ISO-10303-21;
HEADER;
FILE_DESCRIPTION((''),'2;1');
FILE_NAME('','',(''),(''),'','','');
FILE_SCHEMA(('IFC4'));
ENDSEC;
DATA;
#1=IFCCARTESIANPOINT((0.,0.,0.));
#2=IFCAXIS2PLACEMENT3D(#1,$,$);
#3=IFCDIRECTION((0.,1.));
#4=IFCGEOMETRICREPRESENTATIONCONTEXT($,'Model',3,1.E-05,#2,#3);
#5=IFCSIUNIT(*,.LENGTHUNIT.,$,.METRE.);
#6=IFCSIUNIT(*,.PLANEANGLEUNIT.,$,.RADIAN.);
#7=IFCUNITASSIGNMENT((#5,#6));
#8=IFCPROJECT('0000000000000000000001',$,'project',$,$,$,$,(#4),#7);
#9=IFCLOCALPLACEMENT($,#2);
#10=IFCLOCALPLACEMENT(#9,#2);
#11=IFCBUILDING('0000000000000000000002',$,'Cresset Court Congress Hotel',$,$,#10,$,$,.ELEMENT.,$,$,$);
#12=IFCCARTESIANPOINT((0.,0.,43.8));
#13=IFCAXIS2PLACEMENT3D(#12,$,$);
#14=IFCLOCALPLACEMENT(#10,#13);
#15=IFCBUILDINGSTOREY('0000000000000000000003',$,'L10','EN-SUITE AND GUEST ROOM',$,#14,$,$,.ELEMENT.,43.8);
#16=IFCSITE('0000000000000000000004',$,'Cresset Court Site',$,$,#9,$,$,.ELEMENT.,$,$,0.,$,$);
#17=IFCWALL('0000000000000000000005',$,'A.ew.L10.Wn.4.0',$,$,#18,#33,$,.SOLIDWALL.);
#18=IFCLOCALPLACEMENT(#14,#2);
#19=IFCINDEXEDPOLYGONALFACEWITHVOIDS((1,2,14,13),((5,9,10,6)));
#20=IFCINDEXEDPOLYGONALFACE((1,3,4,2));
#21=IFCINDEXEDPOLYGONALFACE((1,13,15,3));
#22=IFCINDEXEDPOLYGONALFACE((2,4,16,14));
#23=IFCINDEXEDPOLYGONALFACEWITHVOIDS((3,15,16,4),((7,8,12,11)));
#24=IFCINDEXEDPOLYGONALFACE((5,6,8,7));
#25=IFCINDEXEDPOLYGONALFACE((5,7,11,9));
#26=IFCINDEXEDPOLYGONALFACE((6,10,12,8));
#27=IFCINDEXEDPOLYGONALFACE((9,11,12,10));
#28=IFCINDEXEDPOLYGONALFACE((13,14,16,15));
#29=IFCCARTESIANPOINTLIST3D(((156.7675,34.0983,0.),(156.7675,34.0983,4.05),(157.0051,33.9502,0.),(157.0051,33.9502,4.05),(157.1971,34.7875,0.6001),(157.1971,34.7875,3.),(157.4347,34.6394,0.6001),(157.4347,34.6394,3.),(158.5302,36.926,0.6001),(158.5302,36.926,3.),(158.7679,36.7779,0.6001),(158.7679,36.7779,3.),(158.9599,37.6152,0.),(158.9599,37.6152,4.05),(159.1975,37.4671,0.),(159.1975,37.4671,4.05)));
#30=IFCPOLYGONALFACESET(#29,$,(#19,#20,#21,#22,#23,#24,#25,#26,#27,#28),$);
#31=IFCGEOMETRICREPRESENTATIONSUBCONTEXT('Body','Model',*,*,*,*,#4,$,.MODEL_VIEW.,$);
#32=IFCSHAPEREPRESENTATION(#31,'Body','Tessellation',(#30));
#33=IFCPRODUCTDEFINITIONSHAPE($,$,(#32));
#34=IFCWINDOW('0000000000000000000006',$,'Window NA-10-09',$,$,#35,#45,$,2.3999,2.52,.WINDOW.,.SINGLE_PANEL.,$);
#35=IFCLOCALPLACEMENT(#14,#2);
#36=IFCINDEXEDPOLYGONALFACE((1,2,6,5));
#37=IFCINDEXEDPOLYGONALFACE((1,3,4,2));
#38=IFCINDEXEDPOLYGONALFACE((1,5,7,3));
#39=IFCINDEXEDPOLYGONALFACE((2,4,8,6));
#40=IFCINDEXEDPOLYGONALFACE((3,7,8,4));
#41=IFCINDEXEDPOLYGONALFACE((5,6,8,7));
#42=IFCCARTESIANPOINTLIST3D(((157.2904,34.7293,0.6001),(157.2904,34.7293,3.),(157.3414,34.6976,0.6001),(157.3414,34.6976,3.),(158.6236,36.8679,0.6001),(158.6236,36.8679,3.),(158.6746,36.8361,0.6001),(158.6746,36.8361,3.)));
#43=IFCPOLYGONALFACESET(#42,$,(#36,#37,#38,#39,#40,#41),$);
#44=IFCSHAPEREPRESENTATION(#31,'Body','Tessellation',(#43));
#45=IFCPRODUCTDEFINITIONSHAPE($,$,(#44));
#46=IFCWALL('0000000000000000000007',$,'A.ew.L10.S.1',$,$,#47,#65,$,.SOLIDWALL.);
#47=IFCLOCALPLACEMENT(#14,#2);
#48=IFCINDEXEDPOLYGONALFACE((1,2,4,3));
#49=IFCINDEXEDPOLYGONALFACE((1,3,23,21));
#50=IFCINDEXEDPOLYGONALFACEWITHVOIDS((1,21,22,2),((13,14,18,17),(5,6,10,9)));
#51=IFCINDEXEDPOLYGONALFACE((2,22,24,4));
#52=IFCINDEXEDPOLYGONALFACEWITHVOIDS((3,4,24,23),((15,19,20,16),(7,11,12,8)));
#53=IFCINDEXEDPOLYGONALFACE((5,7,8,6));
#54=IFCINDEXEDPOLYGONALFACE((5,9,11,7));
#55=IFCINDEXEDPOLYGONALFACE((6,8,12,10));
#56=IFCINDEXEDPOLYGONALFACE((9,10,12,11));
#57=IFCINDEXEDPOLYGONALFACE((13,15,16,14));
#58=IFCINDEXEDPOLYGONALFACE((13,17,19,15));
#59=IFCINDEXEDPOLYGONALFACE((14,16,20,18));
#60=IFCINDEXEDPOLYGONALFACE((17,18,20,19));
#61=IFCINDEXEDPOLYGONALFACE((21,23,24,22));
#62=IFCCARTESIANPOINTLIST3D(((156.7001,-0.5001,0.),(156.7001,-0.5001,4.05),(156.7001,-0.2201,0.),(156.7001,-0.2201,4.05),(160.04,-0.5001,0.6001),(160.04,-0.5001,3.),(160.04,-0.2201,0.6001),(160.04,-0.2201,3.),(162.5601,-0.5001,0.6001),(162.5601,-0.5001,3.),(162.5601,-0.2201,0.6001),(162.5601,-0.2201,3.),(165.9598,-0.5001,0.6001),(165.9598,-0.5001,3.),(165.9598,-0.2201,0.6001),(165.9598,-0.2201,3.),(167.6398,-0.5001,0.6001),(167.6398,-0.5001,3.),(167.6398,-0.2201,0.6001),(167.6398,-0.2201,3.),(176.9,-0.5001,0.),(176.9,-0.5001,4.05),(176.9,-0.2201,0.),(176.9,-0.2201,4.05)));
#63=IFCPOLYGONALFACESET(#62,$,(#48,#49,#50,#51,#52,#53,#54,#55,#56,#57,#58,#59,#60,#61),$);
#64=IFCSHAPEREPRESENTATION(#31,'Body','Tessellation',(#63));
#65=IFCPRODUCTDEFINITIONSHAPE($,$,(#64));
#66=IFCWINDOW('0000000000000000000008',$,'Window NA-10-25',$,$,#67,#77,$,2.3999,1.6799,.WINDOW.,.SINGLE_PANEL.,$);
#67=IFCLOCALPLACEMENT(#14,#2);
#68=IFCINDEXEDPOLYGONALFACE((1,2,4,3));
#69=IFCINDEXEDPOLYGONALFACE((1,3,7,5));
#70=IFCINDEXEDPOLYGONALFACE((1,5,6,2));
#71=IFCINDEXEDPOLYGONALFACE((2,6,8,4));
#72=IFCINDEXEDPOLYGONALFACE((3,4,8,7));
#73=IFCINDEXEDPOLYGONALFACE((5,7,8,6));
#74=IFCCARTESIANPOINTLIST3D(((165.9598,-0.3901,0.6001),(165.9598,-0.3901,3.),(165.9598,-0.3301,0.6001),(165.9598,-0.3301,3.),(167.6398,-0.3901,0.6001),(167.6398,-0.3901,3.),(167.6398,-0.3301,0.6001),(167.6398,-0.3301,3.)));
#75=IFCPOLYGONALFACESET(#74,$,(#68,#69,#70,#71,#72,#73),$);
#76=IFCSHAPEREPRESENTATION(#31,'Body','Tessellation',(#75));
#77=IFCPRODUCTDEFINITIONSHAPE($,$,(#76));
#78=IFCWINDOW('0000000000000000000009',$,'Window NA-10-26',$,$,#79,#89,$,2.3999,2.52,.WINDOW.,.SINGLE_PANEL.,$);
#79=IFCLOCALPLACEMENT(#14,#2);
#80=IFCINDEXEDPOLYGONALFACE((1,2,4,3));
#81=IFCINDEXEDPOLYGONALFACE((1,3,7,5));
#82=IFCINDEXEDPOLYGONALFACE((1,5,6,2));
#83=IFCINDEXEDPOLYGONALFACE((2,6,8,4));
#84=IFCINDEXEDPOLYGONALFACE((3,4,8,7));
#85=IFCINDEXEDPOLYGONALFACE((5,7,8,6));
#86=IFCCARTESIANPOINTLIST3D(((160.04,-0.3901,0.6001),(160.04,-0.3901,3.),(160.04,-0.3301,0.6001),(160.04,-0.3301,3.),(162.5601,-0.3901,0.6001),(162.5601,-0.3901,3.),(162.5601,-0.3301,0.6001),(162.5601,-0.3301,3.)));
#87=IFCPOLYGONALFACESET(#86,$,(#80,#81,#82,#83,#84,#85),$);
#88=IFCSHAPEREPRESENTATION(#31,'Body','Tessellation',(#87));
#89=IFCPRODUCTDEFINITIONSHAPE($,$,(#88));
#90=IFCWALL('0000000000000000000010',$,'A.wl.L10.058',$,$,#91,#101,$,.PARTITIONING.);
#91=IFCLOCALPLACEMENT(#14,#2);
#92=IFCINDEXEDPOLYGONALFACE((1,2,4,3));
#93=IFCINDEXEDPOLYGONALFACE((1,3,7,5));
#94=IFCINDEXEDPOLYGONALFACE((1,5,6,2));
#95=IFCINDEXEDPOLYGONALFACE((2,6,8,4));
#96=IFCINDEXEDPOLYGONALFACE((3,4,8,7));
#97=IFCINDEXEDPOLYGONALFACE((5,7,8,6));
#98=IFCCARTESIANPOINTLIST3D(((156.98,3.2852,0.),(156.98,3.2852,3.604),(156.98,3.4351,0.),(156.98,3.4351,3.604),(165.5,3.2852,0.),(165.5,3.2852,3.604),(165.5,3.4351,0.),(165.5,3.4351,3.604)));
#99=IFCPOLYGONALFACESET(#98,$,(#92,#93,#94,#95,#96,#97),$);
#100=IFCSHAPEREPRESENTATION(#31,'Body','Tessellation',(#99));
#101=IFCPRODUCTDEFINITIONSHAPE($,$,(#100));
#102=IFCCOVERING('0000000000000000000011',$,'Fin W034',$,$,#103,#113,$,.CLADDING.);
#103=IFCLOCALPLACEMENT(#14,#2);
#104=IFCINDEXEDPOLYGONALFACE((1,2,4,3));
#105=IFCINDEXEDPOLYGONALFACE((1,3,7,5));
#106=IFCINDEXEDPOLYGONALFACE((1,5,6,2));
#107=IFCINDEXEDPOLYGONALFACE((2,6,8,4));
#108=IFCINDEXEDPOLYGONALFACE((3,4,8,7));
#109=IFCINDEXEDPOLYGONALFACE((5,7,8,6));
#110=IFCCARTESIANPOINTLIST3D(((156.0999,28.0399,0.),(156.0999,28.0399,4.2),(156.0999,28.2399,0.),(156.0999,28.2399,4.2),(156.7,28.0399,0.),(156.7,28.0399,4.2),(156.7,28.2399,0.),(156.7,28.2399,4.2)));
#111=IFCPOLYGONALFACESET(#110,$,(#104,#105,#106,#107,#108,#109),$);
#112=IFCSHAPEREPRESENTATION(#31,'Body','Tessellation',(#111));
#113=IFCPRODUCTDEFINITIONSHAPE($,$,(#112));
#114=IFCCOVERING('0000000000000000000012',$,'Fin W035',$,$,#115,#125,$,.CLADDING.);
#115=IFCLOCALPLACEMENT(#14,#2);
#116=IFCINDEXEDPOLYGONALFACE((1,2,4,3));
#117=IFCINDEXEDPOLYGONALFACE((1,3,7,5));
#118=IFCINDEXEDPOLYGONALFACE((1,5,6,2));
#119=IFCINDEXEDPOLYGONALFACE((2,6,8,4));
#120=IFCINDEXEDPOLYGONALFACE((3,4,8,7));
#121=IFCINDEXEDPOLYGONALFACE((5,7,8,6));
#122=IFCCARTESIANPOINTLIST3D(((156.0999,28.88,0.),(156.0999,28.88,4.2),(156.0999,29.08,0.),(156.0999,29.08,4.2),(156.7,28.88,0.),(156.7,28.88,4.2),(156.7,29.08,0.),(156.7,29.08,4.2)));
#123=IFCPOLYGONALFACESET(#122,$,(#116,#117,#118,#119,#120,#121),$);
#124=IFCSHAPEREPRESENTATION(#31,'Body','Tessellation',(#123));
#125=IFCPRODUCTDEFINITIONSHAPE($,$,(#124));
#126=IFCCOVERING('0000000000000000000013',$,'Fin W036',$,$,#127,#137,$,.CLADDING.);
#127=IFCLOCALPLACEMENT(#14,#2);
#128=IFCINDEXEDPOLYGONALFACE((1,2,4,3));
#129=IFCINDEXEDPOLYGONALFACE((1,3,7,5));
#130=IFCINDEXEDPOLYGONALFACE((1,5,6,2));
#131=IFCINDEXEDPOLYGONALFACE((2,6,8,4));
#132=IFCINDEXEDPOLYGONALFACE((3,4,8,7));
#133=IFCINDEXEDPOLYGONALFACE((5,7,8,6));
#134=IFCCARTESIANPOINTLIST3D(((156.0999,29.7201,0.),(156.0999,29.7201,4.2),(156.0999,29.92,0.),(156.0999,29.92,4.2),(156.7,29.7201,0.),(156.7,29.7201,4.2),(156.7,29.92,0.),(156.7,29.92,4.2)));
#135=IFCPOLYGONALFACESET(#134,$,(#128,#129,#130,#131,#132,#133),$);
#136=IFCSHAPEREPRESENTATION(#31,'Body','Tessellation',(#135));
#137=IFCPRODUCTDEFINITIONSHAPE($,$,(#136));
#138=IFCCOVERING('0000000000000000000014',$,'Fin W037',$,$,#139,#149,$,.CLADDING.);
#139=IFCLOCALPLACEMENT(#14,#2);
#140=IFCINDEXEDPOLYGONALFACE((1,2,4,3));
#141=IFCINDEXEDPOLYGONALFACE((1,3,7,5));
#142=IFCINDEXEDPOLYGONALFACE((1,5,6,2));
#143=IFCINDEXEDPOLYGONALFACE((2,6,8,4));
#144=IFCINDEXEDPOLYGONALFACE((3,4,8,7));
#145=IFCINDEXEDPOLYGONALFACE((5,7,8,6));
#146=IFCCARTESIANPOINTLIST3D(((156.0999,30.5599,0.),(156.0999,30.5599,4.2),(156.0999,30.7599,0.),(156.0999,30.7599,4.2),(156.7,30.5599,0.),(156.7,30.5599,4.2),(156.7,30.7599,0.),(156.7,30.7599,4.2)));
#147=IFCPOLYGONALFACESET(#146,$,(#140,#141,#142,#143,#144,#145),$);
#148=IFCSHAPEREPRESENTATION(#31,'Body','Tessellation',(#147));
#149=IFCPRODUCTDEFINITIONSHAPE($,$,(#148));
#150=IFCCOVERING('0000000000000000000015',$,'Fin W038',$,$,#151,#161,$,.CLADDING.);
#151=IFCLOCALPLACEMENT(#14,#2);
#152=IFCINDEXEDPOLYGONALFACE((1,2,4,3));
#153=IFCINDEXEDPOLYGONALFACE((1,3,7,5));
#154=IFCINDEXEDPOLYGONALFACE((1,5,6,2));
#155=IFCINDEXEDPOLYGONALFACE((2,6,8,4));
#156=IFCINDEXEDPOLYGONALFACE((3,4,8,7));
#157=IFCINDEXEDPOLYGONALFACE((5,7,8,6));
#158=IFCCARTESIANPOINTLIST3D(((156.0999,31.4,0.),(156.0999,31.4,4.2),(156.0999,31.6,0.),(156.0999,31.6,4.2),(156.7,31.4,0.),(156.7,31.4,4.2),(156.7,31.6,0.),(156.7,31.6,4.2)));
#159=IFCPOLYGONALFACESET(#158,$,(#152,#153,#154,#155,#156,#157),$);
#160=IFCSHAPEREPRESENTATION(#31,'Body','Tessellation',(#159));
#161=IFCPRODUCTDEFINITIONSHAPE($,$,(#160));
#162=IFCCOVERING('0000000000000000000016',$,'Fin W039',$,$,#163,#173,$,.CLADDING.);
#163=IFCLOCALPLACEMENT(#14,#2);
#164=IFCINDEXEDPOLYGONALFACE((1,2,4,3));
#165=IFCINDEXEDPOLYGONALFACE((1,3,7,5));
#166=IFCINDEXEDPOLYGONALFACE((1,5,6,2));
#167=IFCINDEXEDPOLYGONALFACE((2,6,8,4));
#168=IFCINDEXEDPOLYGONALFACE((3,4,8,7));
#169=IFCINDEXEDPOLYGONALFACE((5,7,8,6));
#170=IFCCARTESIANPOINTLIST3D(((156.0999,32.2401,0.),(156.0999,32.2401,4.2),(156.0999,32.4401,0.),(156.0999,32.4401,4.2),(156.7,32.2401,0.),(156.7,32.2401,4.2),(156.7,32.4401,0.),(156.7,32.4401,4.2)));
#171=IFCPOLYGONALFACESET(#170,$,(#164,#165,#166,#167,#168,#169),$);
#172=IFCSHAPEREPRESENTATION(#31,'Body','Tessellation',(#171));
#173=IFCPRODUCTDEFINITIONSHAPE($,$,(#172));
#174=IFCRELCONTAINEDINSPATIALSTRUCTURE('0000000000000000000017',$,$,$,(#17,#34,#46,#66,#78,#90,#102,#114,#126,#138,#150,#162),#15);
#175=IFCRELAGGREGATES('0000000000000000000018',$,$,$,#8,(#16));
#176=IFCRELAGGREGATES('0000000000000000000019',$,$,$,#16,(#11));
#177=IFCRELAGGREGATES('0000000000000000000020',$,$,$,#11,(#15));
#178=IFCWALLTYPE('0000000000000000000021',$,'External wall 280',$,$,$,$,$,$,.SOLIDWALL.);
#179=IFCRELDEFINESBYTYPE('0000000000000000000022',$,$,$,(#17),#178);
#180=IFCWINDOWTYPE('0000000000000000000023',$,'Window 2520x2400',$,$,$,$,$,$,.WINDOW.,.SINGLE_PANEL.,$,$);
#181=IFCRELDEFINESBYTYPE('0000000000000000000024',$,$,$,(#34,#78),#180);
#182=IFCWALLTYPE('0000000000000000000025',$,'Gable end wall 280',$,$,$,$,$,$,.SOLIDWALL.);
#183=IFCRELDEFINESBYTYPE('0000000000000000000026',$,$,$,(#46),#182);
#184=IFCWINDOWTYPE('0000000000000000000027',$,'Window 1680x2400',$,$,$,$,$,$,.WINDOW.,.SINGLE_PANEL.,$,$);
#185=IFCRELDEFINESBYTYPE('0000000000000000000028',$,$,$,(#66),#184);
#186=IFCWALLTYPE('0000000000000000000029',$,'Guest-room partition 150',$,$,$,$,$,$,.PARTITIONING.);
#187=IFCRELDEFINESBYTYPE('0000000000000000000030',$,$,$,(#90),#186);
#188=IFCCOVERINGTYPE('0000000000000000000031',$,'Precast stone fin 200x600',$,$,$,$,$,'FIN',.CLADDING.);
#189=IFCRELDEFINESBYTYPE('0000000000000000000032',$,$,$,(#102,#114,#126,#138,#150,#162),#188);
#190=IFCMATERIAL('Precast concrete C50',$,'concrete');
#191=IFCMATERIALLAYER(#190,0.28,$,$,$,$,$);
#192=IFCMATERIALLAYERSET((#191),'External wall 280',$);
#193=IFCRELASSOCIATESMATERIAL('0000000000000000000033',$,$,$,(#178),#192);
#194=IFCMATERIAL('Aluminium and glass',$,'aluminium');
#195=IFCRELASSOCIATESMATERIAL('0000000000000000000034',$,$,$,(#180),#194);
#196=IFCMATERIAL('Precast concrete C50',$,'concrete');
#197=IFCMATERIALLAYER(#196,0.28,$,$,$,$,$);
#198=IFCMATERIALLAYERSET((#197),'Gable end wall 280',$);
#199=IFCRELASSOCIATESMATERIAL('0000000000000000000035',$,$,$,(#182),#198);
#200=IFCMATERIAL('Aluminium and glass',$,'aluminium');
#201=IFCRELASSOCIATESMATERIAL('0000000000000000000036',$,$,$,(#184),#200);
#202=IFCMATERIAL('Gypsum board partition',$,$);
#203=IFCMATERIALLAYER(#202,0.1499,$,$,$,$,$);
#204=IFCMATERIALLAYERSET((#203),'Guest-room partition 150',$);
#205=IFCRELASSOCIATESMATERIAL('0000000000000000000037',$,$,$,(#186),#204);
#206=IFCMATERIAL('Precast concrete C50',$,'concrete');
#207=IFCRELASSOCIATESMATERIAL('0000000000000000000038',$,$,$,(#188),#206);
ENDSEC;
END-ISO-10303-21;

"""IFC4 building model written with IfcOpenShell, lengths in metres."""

from ifc_helpers import new_model, si_unit, direction, frame, frame_2d, origin, origin_2d, place, context, subcontext, project, spatial, rectangle, extrude, material, layer, layer_set, type_object, element, fill, save


model = new_model("IFC4")

# Units and contexts
model_context = context("Model", 3, precision=1e-05, world=origin(), true_north=direction((0.0, 1.0)))
body_context = subcontext(model_context, "Body", "Model", "MODEL_VIEW")
ifc_project = project(units=[si_unit("LENGTHUNIT", "METRE"), si_unit("PLANEANGLEUNIT", "RADIAN")], contexts=[model_context])

# Site, building, storey
site_placement = place(None, origin())
site = spatial("IfcSite", under=ifc_project, at=site_placement, Name="Cresset Court Site", CompositionType="ELEMENT", RefElevation=0.0)
building_placement = place(site_placement, origin())
building = spatial("IfcBuilding", under=site, at=building_placement, Name="Cresset Court Congress Hotel", CompositionType="ELEMENT")
storey_placement = place(building_placement, frame((0.0, 0.0, 43.8)))
storey = spatial("IfcBuildingStorey", under=building, at=storey_placement, Name="L10", Description="EN-SUITE AND GUEST ROOM", CompositionType="ELEMENT", Elevation=43.8)

# Shared definitions
ifc_material_1 = material(Name="Precast concrete C50", Category="concrete")
ifc_layer_1 = layer(ifc_material_1, 0.28)
ifc_layer_set_1 = layer_set([ifc_layer_1], Name="External wall 280")
wall_type_1 = type_object("IfcWallType", Name="External wall 280", PredefinedType="SOLIDWALL", material=ifc_layer_set_1)
ifc_material_2 = material(Name="Aluminium and glass", Category="aluminium")
window_type_1 = type_object("IfcWindowType", Name="Window 2520x2400", PartitioningType="SINGLE_PANEL", PredefinedType="WINDOW", material=ifc_material_2)

# Wall, opening, window
wall_1_placement = place(storey_placement, frame((156.8862, 34.0242, 0.0), z_axis=(0.0, 0.0, 1.0), x_axis=(0.529019, 0.84861, 0.0)))
wall_1 = element("IfcWall", 1, at=wall_1_placement, inside=storey, type_object=wall_type_1, Name="A.ew.L10.Wn.4.0", PredefinedType="SOLIDWALL", context=body_context, shape_type="SweptSolid", body=[
    extrude(rectangle(XDim=4.1443, YDim=0.28, at=frame_2d((2.0723, 0.0))), origin(), (0.0, 0.0, 1.0), 4.05),
])
opening_1_placement = place(wall_1_placement, frame((0.8123, 0.0, 0.6001)))
opening_1 = element("IfcOpeningElement", 2, at=opening_1_placement, cuts=wall_1, PredefinedType="OPENING", context=body_context, shape_type="SweptSolid", body=[
    extrude(rectangle(XDim=2.52, YDim=2.3999, at=frame_2d((1.26, 1.2))), frame((0.0, 0.1499, 0.0), z_axis=(0.0, -1.0, 0.0), x_axis=(1.0, 0.0, 0.0)), (0.0, 0.0, 1.0), 0.3),
])
window_1_placement = place(opening_1_placement, origin())
window_1 = element("IfcWindow", 3, at=window_1_placement, inside=storey, type_object=window_type_1, Name="Window NA-10-09", OverallHeight=2.3999, OverallWidth=2.52, PartitioningType="SINGLE_PANEL", PredefinedType="WINDOW", context=body_context, shape_type="SweptSolid", body=[
    extrude(rectangle(XDim=2.52, YDim=2.3999, at=frame_2d((1.26, 1.2))), frame((0.0, 0.03, 0.0), z_axis=(0.0, -1.0, 0.0), x_axis=(1.0, 0.0, 0.0)), (0.0, 0.0, 1.0), 0.0601),
])
fill(opening_1, window_1)

# Wall, openings, windows
ifc_material_3 = material(Name="Precast concrete C50", Category="concrete")
ifc_layer_2 = layer(ifc_material_3, 0.28)
ifc_layer_set_2 = layer_set([ifc_layer_2], Name="Gable end wall 280")
wall_type_2 = type_object("IfcWallType", Name="Gable end wall 280", PredefinedType="SOLIDWALL", material=ifc_layer_set_2)
wall_2_placement = place(storey_placement, frame((156.7, -0.3601, 0.0), z_axis=(0.0, 0.0, 1.0), x_axis=(1.0, 0.0, 0.0)))
wall_2 = element("IfcWall", 4, at=wall_2_placement, inside=storey, type_object=wall_type_2, Name="A.ew.L10.S.1", PredefinedType="SOLIDWALL", context=body_context, shape_type="SweptSolid", body=[
    extrude(rectangle(XDim=20.2, YDim=0.28, at=frame_2d((10.1001, 0.0))), origin(), (0.0, 0.0, 1.0), 4.05),
])
opening_2_placement = place(wall_2_placement, frame((9.26, 0.0, 0.6001)))
opening_2 = element("IfcOpeningElement", 5, at=opening_2_placement, cuts=wall_2, PredefinedType="OPENING", context=body_context, shape_type="SweptSolid", body=[
    extrude(rectangle(XDim=1.6799, YDim=2.3999, at=frame_2d((0.8398, 1.2))), frame((0.0, 0.1499, 0.0), z_axis=(0.0, -1.0, 0.0), x_axis=(1.0, 0.0, 0.0)), (0.0, 0.0, 1.0), 0.3),
])
opening_3_placement = place(wall_2_placement, frame((3.3401, 0.0, 0.6001)))
opening_3 = element("IfcOpeningElement", 6, at=opening_3_placement, cuts=wall_2, PredefinedType="OPENING", context=body_context, shape_type="SweptSolid", body=[
    extrude(rectangle(XDim=2.52, YDim=2.3999, at=frame_2d((1.26, 1.2))), frame((0.0, 0.1499, 0.0), z_axis=(0.0, -1.0, 0.0), x_axis=(1.0, 0.0, 0.0)), (0.0, 0.0, 1.0), 0.3),
])
ifc_material_4 = material(Name="Aluminium and glass", Category="aluminium")
window_type_2 = type_object("IfcWindowType", Name="Window 1680x2400", PartitioningType="SINGLE_PANEL", PredefinedType="WINDOW", material=ifc_material_4)
window_2_placement = place(opening_2_placement, origin())
window_2 = element("IfcWindow", 7, at=window_2_placement, inside=storey, type_object=window_type_2, Name="Window NA-10-25", OverallHeight=2.3999, OverallWidth=1.6799, PartitioningType="SINGLE_PANEL", PredefinedType="WINDOW", context=body_context, shape_type="SweptSolid", body=[
    extrude(rectangle(XDim=1.6799, YDim=2.3999, at=frame_2d((0.8398, 1.2))), frame((0.0, 0.03, 0.0), z_axis=(0.0, -1.0, 0.0), x_axis=(1.0, 0.0, 0.0)), (0.0, 0.0, 1.0), 0.0601),
])
fill(opening_2, window_2)
window_3_placement = place(opening_3_placement, origin())
window_3 = element("IfcWindow", 8, at=window_3_placement, inside=storey, type_object=window_type_1, Name="Window NA-10-26", OverallHeight=2.3999, OverallWidth=2.52, PartitioningType="SINGLE_PANEL", PredefinedType="WINDOW", context=body_context, shape_type="SweptSolid", body=[
    extrude(rectangle(XDim=2.52, YDim=2.3999, at=frame_2d((1.26, 1.2))), frame((0.0, 0.03, 0.0), z_axis=(0.0, -1.0, 0.0), x_axis=(1.0, 0.0, 0.0)), (0.0, 0.0, 1.0), 0.0601),
])
fill(opening_3, window_3)

# Wall
ifc_material_5 = material(Name="Gypsum board partition")
ifc_layer_3 = layer(ifc_material_5, 0.1499)
ifc_layer_set_3 = layer_set([ifc_layer_3], Name="Guest-room partition 150")
wall_type_3 = type_object("IfcWallType", Name="Guest-room partition 150", PredefinedType="PARTITIONING", material=ifc_layer_set_3)
wall_3_placement = place(storey_placement, frame((156.98, 3.3601, 0.0), z_axis=(0.0, 0.0, 1.0), x_axis=(1.0, 0.0, 0.0)))
element("IfcWall", 9, at=wall_3_placement, inside=storey, type_object=wall_type_3, Name="A.wl.L10.058", PredefinedType="PARTITIONING", context=body_context, shape_type="SweptSolid", body=[
    extrude(rectangle(XDim=8.52, YDim=0.1499, at=frame_2d((4.26, 0.0))), origin(), (0.0, 0.0, 1.0), 3.604),
])

# Coverings
ifc_material_6 = material(Name="Precast concrete C50", Category="concrete")
covering_type = type_object("IfcCoveringType", Name="Precast stone fin 200x600", ElementType="FIN", PredefinedType="CLADDING", material=ifc_material_6)
for number, where, z_axis, x_axis, name in (
    (10, (156.3999, 28.1399, 0.0), (0.0, 0.0, 1.0), (1.0, 0.0, 0.0), "Fin W034"),
    (11, (156.3999, 28.98, 0.0), (0.0, 0.0, 1.0), (1.0, 0.0, 0.0), "Fin W035"),
    (12, (156.3999, 29.8201, 0.0), (0.0, 0.0, 1.0), (1.0, 0.0, 0.0), "Fin W036"),
    (13, (156.3999, 30.6599, 0.0), (0.0, 0.0, 1.0), (1.0, 0.0, 0.0), "Fin W037"),
    (14, (156.3999, 31.5, 0.0), (0.0, 0.0, 1.0), (1.0, 0.0, 0.0), "Fin W038"),
    (15, (156.3999, 32.3401, 0.0), (0.0, 0.0, 1.0), (1.0, 0.0, 0.0), "Fin W039"),
):
    element("IfcCovering", number, at=place(storey_placement, frame(where, z_axis=z_axis, x_axis=x_axis)), inside=storey, type_object=covering_type, Name=name, PredefinedType="CLADDING", context=body_context, shape_type="SweptSolid", body=[
        extrude(rectangle(XDim=0.6001, YDim=0.2, at=origin_2d()), origin(), (0.0, 0.0, 1.0), 4.2),
    ])

save(model, "model.ifc")
